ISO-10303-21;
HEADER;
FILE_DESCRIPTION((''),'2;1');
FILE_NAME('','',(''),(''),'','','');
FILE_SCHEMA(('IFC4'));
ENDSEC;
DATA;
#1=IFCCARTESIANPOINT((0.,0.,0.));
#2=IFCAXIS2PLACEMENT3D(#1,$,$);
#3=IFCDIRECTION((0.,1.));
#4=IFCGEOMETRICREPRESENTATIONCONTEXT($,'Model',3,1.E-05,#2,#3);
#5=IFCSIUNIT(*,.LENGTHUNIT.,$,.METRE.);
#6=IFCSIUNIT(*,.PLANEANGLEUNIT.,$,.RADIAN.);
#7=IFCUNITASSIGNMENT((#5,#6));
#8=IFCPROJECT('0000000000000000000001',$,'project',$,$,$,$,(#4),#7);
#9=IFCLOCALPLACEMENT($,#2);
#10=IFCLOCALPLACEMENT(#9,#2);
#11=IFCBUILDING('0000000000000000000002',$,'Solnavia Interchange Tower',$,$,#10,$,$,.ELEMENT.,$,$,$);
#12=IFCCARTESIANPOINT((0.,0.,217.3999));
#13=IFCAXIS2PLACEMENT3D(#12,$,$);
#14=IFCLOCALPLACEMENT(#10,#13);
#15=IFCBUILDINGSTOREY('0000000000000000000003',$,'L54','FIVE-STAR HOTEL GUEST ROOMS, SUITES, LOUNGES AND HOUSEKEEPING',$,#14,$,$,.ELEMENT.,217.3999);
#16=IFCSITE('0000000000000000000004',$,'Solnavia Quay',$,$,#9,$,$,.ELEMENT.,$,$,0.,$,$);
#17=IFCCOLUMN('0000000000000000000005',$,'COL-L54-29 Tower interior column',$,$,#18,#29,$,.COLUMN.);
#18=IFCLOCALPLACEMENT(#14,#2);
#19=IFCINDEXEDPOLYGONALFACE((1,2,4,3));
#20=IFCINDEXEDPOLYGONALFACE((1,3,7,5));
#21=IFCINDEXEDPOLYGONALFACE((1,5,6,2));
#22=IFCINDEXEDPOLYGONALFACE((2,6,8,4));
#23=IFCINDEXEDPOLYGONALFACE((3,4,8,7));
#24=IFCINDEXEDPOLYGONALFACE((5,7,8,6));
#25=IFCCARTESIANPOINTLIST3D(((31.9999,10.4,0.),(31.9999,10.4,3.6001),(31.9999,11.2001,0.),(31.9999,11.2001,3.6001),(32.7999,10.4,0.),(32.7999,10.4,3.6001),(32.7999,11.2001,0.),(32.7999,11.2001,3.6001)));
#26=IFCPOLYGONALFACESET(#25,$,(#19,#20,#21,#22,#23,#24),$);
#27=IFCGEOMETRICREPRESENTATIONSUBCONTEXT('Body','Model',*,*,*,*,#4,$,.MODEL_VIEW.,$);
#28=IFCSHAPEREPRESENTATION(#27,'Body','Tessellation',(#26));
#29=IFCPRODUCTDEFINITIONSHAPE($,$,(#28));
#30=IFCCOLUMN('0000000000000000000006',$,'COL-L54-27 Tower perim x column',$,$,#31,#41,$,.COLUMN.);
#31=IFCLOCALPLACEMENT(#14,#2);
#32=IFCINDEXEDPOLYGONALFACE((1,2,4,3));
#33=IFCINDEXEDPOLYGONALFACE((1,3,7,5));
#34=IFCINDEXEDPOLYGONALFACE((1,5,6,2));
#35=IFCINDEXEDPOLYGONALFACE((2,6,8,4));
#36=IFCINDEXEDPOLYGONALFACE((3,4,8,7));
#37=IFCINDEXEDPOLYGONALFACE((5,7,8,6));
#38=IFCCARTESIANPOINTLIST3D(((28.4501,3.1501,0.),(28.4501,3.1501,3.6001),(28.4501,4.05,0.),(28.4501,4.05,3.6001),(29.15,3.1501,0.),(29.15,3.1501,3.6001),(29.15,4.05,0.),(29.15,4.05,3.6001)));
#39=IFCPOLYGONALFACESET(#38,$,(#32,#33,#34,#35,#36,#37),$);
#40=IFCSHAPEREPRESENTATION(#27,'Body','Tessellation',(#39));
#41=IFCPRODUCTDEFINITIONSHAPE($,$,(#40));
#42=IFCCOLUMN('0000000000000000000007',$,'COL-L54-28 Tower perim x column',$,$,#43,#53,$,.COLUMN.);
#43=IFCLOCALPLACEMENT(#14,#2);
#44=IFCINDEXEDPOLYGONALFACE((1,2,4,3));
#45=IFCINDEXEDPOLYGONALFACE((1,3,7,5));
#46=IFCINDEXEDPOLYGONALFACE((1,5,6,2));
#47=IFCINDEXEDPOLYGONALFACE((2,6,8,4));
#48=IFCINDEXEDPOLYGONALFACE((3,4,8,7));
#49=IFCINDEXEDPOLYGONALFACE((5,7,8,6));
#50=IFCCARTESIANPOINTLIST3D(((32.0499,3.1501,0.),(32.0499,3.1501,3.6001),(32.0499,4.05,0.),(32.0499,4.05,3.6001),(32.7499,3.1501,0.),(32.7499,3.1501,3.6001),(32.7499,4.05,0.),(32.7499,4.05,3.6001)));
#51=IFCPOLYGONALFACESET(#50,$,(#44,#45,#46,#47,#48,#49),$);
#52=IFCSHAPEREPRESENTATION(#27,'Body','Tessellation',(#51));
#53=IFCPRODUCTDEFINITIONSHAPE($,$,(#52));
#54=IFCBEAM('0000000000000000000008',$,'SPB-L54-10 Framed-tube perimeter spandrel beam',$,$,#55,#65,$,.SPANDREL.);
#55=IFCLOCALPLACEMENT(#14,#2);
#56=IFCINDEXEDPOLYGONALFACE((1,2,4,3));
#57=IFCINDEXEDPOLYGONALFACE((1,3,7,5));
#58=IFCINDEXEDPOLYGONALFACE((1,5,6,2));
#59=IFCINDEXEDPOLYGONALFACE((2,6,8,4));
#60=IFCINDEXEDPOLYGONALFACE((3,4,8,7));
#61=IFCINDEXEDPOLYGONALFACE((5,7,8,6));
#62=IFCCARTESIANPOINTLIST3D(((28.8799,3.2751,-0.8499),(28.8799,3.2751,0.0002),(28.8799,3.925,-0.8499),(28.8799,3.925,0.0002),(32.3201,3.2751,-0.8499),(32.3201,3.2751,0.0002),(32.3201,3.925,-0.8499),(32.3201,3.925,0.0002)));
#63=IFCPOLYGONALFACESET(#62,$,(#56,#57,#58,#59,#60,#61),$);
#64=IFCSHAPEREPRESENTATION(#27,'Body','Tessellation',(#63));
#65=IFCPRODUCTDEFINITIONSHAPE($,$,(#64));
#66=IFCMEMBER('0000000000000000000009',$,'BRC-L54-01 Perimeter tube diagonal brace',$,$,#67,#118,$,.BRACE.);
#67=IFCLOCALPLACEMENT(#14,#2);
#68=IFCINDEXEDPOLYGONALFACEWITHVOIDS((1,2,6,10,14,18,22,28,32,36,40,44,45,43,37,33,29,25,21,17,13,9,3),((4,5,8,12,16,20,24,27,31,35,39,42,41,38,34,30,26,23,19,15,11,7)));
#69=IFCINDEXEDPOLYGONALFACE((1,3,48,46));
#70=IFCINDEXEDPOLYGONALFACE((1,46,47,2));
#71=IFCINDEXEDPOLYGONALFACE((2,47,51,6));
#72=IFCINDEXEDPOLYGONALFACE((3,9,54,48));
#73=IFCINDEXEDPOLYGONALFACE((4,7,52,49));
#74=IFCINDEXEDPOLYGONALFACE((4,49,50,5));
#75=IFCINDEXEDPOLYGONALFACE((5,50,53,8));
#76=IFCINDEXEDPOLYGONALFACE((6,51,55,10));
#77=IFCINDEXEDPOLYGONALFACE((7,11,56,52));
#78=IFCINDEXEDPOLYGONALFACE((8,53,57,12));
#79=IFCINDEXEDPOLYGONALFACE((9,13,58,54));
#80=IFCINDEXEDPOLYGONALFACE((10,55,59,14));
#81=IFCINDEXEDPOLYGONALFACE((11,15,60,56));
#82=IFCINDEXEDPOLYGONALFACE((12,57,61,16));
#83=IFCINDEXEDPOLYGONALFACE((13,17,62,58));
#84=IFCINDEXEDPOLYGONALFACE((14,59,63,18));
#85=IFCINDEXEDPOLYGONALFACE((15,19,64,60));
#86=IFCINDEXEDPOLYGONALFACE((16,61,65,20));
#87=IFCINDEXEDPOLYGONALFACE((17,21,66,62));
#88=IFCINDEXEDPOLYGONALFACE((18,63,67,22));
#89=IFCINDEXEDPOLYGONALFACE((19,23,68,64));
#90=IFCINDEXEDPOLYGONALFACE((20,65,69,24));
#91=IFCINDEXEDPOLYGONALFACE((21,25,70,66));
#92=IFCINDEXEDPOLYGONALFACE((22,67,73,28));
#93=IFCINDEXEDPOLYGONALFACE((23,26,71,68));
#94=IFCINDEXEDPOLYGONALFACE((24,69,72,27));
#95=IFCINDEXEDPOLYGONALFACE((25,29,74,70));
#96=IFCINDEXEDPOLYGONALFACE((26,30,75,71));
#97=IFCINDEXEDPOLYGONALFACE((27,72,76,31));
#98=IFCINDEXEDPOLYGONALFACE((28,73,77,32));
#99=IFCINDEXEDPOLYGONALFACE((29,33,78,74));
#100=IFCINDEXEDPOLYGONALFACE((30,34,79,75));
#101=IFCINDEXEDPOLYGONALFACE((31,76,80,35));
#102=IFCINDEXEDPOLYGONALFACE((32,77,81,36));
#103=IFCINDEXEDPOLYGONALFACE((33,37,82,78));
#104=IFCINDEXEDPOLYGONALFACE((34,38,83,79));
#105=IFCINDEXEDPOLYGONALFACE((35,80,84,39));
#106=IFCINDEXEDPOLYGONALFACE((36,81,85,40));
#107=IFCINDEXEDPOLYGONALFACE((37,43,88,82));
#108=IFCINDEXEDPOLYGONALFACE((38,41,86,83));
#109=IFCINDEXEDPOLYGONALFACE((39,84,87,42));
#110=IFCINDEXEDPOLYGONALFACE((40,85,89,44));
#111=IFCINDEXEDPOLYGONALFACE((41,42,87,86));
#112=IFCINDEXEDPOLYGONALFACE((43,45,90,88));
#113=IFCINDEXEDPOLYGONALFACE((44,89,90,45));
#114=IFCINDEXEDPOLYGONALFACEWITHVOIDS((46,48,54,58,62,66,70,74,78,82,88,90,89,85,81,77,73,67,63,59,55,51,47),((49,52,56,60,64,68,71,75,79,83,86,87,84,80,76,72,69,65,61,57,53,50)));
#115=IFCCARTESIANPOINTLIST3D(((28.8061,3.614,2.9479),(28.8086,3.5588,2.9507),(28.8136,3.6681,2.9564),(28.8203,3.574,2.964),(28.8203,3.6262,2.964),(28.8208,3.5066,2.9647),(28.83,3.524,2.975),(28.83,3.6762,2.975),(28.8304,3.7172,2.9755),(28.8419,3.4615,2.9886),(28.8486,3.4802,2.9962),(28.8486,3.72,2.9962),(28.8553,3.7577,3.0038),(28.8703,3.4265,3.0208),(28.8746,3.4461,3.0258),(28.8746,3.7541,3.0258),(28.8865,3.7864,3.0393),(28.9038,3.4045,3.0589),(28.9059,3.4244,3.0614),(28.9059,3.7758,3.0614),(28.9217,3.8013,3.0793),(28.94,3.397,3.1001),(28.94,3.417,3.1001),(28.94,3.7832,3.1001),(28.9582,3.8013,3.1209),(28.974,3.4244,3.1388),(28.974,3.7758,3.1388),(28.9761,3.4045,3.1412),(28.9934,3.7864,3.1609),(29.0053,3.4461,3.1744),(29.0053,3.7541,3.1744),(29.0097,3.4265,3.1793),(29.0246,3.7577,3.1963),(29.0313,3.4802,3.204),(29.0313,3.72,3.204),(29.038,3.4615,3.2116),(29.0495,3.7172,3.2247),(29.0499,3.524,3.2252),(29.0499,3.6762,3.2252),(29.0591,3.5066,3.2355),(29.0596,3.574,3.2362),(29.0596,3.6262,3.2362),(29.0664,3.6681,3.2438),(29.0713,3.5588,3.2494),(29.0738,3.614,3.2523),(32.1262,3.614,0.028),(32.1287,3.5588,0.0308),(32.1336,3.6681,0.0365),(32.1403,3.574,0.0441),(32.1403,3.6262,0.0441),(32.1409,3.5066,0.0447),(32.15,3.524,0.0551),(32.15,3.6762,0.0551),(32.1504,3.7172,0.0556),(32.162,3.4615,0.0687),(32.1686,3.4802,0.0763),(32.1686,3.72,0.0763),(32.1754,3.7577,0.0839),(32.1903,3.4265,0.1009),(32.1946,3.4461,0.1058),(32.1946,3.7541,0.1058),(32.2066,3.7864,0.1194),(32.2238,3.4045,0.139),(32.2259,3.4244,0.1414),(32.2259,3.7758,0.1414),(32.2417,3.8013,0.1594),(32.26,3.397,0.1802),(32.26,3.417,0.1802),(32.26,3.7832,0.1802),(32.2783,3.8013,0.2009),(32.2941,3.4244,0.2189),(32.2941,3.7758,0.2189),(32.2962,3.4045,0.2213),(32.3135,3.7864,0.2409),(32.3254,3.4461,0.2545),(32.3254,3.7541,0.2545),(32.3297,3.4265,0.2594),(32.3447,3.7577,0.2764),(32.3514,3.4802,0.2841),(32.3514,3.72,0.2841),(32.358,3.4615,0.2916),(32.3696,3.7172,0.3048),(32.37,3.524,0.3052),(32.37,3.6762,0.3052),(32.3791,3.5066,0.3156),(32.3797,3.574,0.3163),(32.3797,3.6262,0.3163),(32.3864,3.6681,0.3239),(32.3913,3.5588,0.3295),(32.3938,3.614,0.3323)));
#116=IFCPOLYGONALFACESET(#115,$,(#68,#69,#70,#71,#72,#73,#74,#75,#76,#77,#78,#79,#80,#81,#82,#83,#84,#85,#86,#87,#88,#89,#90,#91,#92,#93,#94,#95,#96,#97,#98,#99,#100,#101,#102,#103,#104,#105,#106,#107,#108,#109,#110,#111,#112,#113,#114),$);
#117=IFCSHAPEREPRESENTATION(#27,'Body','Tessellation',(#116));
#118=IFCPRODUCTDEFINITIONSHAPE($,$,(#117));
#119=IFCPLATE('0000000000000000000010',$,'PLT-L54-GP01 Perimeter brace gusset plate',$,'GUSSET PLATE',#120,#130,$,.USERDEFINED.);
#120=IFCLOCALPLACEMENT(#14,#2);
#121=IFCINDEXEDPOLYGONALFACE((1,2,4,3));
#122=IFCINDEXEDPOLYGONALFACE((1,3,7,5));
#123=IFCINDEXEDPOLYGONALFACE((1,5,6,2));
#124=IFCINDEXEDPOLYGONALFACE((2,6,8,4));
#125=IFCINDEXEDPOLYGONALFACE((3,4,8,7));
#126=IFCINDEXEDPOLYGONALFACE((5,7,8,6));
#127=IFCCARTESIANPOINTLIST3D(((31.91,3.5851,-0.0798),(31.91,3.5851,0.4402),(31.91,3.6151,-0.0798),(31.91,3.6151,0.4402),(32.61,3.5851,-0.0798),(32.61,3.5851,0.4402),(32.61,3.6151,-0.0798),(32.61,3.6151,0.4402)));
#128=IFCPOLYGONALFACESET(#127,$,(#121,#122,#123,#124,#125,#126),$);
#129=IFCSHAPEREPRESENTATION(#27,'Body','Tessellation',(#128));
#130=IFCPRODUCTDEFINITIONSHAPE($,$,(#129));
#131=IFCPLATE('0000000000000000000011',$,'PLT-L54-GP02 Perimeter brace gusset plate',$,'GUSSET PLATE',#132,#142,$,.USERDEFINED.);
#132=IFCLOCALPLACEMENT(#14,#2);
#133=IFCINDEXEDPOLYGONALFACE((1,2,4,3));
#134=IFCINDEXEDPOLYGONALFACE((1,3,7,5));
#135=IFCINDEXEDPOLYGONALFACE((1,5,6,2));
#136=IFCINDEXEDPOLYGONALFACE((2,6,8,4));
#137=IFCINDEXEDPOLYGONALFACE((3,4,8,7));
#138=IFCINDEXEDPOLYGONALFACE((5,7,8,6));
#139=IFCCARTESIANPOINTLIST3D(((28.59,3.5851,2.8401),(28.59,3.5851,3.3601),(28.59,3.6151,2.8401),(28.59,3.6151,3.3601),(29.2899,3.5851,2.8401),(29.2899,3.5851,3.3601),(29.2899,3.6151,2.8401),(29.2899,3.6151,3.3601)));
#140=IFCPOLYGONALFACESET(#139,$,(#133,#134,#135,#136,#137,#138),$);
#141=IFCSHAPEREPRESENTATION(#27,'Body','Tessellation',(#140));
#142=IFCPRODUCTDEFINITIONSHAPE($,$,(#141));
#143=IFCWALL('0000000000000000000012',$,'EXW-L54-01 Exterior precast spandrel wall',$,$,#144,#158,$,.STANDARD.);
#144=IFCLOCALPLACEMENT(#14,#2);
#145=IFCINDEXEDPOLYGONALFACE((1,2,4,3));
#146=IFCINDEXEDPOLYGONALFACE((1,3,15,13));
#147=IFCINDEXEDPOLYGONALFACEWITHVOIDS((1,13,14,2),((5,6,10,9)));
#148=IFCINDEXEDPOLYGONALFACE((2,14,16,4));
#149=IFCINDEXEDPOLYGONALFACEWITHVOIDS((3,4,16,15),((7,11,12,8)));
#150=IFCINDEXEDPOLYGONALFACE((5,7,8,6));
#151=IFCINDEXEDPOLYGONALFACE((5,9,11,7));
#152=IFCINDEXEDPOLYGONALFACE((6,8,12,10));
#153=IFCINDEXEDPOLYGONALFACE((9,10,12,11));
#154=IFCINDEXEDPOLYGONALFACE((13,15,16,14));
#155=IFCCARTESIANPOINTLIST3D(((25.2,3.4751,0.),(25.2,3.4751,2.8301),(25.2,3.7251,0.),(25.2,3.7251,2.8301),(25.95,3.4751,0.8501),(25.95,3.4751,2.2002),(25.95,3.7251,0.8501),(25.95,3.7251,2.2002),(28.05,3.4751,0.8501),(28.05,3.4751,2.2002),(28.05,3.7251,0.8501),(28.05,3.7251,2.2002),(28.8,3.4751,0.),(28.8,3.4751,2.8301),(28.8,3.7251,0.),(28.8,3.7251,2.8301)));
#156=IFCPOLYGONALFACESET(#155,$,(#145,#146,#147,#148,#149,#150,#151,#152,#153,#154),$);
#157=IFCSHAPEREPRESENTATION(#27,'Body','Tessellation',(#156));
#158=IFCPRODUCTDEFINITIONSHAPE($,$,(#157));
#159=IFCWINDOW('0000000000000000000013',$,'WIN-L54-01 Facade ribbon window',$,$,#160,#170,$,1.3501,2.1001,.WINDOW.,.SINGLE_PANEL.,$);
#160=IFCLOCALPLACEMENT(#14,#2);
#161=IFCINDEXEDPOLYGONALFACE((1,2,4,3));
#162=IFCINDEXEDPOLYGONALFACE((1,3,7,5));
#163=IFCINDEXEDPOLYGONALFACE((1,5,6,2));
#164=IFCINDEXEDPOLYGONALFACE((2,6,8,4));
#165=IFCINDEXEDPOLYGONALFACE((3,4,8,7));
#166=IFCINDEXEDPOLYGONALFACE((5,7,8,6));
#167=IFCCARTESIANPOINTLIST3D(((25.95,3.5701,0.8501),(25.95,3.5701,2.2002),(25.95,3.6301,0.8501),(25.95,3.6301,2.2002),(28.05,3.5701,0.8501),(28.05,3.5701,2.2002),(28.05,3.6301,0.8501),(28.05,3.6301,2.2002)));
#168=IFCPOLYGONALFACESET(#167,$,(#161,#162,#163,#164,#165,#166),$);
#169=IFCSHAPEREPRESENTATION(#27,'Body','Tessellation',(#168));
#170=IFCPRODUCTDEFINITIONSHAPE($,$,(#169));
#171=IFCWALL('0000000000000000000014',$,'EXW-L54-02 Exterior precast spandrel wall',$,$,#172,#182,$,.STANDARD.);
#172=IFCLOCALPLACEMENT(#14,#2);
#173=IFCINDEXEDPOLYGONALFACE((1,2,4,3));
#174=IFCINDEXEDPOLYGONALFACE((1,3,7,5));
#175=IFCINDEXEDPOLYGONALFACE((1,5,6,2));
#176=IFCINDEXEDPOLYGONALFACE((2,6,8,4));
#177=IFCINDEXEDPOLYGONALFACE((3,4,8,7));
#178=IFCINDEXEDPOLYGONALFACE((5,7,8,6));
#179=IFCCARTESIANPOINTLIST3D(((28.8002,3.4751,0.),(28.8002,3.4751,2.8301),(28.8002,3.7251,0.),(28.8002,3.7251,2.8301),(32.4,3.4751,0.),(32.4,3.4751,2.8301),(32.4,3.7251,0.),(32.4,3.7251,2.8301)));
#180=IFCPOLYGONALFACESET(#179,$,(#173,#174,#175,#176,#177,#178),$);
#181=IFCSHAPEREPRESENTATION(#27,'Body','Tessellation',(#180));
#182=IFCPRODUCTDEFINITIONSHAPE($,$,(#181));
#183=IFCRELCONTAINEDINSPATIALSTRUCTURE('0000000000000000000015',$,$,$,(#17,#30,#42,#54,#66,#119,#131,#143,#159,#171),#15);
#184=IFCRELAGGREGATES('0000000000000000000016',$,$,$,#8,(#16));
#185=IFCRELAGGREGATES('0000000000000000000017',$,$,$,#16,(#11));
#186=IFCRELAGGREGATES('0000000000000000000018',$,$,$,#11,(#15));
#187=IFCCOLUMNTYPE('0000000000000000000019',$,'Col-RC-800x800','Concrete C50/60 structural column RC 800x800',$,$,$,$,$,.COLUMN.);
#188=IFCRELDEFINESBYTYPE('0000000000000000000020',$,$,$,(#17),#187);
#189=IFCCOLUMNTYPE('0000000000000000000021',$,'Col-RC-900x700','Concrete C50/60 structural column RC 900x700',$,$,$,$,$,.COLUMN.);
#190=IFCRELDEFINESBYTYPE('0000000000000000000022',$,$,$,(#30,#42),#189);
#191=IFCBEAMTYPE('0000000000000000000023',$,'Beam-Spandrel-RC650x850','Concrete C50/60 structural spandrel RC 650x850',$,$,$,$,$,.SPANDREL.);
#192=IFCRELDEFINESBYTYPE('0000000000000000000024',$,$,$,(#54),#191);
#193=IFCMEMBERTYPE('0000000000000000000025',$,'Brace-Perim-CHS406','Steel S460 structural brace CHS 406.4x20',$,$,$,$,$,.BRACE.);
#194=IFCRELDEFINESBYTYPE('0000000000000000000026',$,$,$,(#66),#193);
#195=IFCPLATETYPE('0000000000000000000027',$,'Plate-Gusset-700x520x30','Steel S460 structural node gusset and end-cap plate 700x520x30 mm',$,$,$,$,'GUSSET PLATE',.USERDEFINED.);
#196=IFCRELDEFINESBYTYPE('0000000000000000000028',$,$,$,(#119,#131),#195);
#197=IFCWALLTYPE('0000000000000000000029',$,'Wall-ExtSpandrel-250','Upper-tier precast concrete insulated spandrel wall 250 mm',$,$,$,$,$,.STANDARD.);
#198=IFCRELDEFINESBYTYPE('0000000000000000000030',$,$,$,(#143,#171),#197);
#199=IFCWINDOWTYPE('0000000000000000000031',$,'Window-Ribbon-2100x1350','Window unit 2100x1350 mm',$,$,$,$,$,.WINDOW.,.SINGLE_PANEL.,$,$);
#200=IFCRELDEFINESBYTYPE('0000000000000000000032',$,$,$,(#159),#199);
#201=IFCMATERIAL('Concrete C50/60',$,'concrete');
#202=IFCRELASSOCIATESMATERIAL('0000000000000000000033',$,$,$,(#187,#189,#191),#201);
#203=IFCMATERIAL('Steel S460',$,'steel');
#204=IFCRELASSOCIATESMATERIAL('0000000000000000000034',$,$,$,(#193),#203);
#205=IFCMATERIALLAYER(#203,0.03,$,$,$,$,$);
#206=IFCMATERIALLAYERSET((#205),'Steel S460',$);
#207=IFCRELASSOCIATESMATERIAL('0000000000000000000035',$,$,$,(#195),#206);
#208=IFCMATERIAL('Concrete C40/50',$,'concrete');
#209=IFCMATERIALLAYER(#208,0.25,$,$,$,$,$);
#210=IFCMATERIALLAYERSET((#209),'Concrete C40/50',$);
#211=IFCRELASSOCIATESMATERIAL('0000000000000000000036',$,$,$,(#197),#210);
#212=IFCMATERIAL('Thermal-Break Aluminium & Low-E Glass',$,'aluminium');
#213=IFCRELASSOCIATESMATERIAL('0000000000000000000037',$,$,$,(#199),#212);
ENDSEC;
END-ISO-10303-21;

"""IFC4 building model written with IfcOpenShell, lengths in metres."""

from ifc_helpers import new_model, si_unit, direction, frame, frame_2d, origin, origin_2d, place, context, subcontext, project, spatial, rectangle, hollow_circle, extrude, material, layer, layer_set, material_profile, profile_set, type_object, element, fill, save


model = new_model("IFC4")

# Units and contexts
model_context = context("Model", 3, precision=1e-05, world=origin(), true_north=direction((0.0, 1.0)))
body_context = subcontext(model_context, "Body", "Model", "MODEL_VIEW")
ifc_project = project(units=[si_unit("LENGTHUNIT", "METRE"), si_unit("PLANEANGLEUNIT", "RADIAN")], contexts=[model_context])

# Site, building, storey
site_placement = place(None, origin())
site = spatial("IfcSite", under=ifc_project, at=site_placement, Name="Solnavia Quay", CompositionType="ELEMENT", RefElevation=0.0)
building_placement = place(site_placement, origin())
building = spatial("IfcBuilding", under=site, at=building_placement, Name="Solnavia Interchange Tower", CompositionType="ELEMENT")
storey_placement = place(building_placement, frame((0.0, 0.0, 217.3999)))
storey = spatial("IfcBuildingStorey", under=building, at=storey_placement, Name="L54", Description="FIVE-STAR HOTEL GUEST ROOMS, SUITES, LOUNGES AND HOUSEKEEPING", CompositionType="ELEMENT", Elevation=217.3999)

# Columns
ifc_material_1 = material(Name="Concrete C50/60", Category="concrete")
ifc_material_profile_1 = material_profile(ifc_material_1, rectangle(XDim=0.8, YDim=0.8, at=origin_2d()), Name="RC 800x800")
ifc_profile_set_1 = profile_set([ifc_material_profile_1], Name="Concrete C50/60")
column_type_1 = type_object("IfcColumnType", Name="Col-RC-800x800", Description="Concrete C50/60 structural column RC 800x800", PredefinedType="COLUMN", material=ifc_profile_set_1)
column_placement = place(storey_placement, frame((32.3999, 10.8, 0.0), z_axis=(0.0, 0.0, 1.0), x_axis=(1.0, 0.0, 0.0)))
element("IfcColumn", 1, at=column_placement, inside=storey, type_object=column_type_1, Name="COL-L54-29 Tower interior column", PredefinedType="COLUMN", context=body_context, shape_type="SweptSolid", body=[
    extrude(rectangle(XDim=0.8, YDim=0.8, at=origin_2d()), origin(), (0.0, 0.0, 1.0), 3.6001),
])
ifc_material_profile_2 = material_profile(ifc_material_1, rectangle(XDim=0.7, YDim=0.8999, at=origin_2d()), Name="RC 900x700")
ifc_profile_set_2 = profile_set([ifc_material_profile_2], Name="Concrete C50/60")
column_type_2 = type_object("IfcColumnType", Name="Col-RC-900x700", Description="Concrete C50/60 structural column RC 900x700", PredefinedType="COLUMN", material=ifc_profile_set_2)
for number, where, z_axis, x_axis, name in (
    (2, (28.8, 3.6001, 0.0), (0.0, 0.0, 1.0), (1.0, 0.0, 0.0), "COL-L54-27 Tower perim x column"),
    (3, (32.3999, 3.6001, 0.0), (0.0, 0.0, 1.0), (1.0, 0.0, 0.0), "COL-L54-28 Tower perim x column"),
):
    element("IfcColumn", number, at=place(storey_placement, frame(where, z_axis=z_axis, x_axis=x_axis)), inside=storey, type_object=column_type_2, Name=name, PredefinedType="COLUMN", context=body_context, shape_type="SweptSolid", body=[
        extrude(rectangle(XDim=0.7, YDim=0.8999, at=origin_2d()), origin(), (0.0, 0.0, 1.0), 3.6001),
    ])

# Beam
ifc_material_profile_3 = material_profile(ifc_material_1, rectangle(XDim=0.6499, YDim=0.8501, at=origin_2d()), Name="RC 650x850")
ifc_profile_set_3 = profile_set([ifc_material_profile_3], Name="Concrete C50/60")
beam_type = type_object("IfcBeamType", Name="Beam-Spandrel-RC650x850", Description="Concrete C50/60 structural spandrel RC 650x850", PredefinedType="SPANDREL", material=ifc_profile_set_3)
beam_placement = place(storey_placement, frame((28.8799, 3.6001, -0.4248), z_axis=(1.0, 0.0, 0.0), x_axis=(0.0, 1.0, 0.0)))
element("IfcBeam", 4, at=beam_placement, inside=storey, type_object=beam_type, Name="SPB-L54-10 Framed-tube perimeter spandrel beam", PredefinedType="SPANDREL", context=body_context, shape_type="SweptSolid", body=[
    extrude(rectangle(XDim=0.6499, YDim=0.8501, at=origin_2d()), origin(), (0.0, 0.0, 1.0), 3.4402),
])

# Member
ifc_material_2 = material(Name="Steel S460", Category="steel")
ifc_material_profile_4 = material_profile(ifc_material_2, hollow_circle(Radius=0.2031, WallThickness=0.02, at=origin_2d()), Name="CHS 406.4x20")
ifc_profile_set_4 = profile_set([ifc_material_profile_4], Name="Steel S460")
member_type = type_object("IfcMemberType", Name="Brace-Perim-CHS406", Description="Steel S460 structural brace CHS 406.4x20", PredefinedType="BRACE", material=ifc_profile_set_4)
member_placement = place(storey_placement, frame((32.26, 3.6001, 0.1802), z_axis=(-0.750908, 0.0, 0.660406), x_axis=(0.0, -1.0, 0.0)))
element("IfcMember", 5, at=member_placement, inside=storey, type_object=member_type, Name="BRC-L54-01 Perimeter tube diagonal brace", PredefinedType="BRACE", context=body_context, shape_type="SweptSolid", body=[
    extrude(hollow_circle(Radius=0.2031, WallThickness=0.02, at=origin_2d()), origin(), (0.0, 0.0, 1.0), 4.4214),
])

# Plates
ifc_layer_1 = layer(ifc_material_2, 0.03)
ifc_layer_set_1 = layer_set([ifc_layer_1], Name="Steel S460")
plate_type = type_object("IfcPlateType", Name="Plate-Gusset-700x520x30", Description="Steel S460 structural node gusset and end-cap plate 700x520x30 mm", ElementType="GUSSET PLATE", PredefinedType="USERDEFINED", material=ifc_layer_set_1)
for number, where, z_axis, x_axis, name in (
    (6, (32.26, 3.6001, -0.0798), (0.0, 0.0, 1.0), (-1.0, 0.0, 0.0), "PLT-L54-GP01 Perimeter brace gusset plate"),
    (7, (28.9399, 3.6001, 2.8401), (0.0, 0.0, 1.0), (-1.0, 0.0, 0.0), "PLT-L54-GP02 Perimeter brace gusset plate"),
):
    element("IfcPlate", number, at=place(storey_placement, frame(where, z_axis=z_axis, x_axis=x_axis)), inside=storey, type_object=plate_type, Name=name, ObjectType="GUSSET PLATE", PredefinedType="USERDEFINED", context=body_context, shape_type="SweptSolid", body=[
        extrude(rectangle(XDim=0.7, YDim=0.03, at=origin_2d()), origin(), (0.0, 0.0, 1.0), 0.52),
    ])

# Wall, opening, window
ifc_material_3 = material(Name="Concrete C40/50", Category="concrete")
ifc_layer_2 = layer(ifc_material_3, 0.25)
ifc_layer_set_2 = layer_set([ifc_layer_2], Name="Concrete C40/50")
wall_type_1 = type_object("IfcWallType", Name="Wall-ExtSpandrel-250", Description="Upper-tier precast concrete insulated spandrel wall 250 mm", PredefinedType="STANDARD", material=ifc_layer_set_2)
wall_1_placement = place(storey_placement, frame((28.8, 3.6001, 0.0), z_axis=(0.0, 0.0, 1.0), x_axis=(-1.0, 0.0, 0.0)))
wall_1 = element("IfcWall", 8, at=wall_1_placement, inside=storey, type_object=wall_type_1, Name="EXW-L54-01 Exterior precast spandrel wall", PredefinedType="STANDARD", context=body_context, shape_type="SweptSolid", body=[
    extrude(rectangle(XDim=3.6001, YDim=0.25, at=frame_2d((1.8, 0.0))), origin(), (0.0, 0.0, 1.0), 2.8301),
])
opening_1_placement = place(wall_1_placement, frame((0.75, 0.0, 0.8501)))
opening_1 = element("IfcOpeningElement", 9, at=opening_1_placement, cuts=wall_1, PredefinedType="OPENING", context=body_context, shape_type="SweptSolid", body=[
    extrude(rectangle(XDim=2.1001, YDim=1.3501, at=frame_2d((1.05, 0.675))), frame((0.0, 0.135, 0.0), z_axis=(0.0, -1.0, 0.0), x_axis=(1.0, 0.0, 0.0)), (0.0, 0.0, 1.0), 0.27),
])
ifc_material_4 = material(Name="Thermal-Break Aluminium & Low-E Glass", Category="aluminium")
window_type = type_object("IfcWindowType", Name="Window-Ribbon-2100x1350", Description="Window unit 2100x1350 mm", PartitioningType="SINGLE_PANEL", PredefinedType="WINDOW", material=ifc_material_4)
window_placement = place(opening_1_placement, origin())
window = element("IfcWindow", 10, at=window_placement, inside=storey, type_object=window_type, Name="WIN-L54-01 Facade ribbon window", OverallHeight=1.3501, OverallWidth=2.1001, PartitioningType="SINGLE_PANEL", PredefinedType="WINDOW", context=body_context, shape_type="SweptSolid", body=[
    extrude(rectangle(XDim=2.1001, YDim=1.3501, at=frame_2d((1.05, 0.675))), frame((0.0, 0.03, 0.0), z_axis=(0.0, -1.0, 0.0), x_axis=(1.0, 0.0, 0.0)), (0.0, 0.0, 1.0), 0.0601),
])
fill(opening_1, window)

# Wall
wall_2_placement = place(storey_placement, frame((32.3999, 3.6001, 0.0), z_axis=(0.0, 0.0, 1.0), x_axis=(-1.0, 0.0, 0.0)))
element("IfcWall", 11, at=wall_2_placement, inside=storey, type_object=wall_type_1, Name="EXW-L54-02 Exterior precast spandrel wall", PredefinedType="STANDARD", context=body_context, shape_type="SweptSolid", body=[
    extrude(rectangle(XDim=3.5999, YDim=0.25, at=frame_2d((1.7998, 0.0))), origin(), (0.0, 0.0, 1.0), 2.8301),
])

save(model, "model.ifc")
